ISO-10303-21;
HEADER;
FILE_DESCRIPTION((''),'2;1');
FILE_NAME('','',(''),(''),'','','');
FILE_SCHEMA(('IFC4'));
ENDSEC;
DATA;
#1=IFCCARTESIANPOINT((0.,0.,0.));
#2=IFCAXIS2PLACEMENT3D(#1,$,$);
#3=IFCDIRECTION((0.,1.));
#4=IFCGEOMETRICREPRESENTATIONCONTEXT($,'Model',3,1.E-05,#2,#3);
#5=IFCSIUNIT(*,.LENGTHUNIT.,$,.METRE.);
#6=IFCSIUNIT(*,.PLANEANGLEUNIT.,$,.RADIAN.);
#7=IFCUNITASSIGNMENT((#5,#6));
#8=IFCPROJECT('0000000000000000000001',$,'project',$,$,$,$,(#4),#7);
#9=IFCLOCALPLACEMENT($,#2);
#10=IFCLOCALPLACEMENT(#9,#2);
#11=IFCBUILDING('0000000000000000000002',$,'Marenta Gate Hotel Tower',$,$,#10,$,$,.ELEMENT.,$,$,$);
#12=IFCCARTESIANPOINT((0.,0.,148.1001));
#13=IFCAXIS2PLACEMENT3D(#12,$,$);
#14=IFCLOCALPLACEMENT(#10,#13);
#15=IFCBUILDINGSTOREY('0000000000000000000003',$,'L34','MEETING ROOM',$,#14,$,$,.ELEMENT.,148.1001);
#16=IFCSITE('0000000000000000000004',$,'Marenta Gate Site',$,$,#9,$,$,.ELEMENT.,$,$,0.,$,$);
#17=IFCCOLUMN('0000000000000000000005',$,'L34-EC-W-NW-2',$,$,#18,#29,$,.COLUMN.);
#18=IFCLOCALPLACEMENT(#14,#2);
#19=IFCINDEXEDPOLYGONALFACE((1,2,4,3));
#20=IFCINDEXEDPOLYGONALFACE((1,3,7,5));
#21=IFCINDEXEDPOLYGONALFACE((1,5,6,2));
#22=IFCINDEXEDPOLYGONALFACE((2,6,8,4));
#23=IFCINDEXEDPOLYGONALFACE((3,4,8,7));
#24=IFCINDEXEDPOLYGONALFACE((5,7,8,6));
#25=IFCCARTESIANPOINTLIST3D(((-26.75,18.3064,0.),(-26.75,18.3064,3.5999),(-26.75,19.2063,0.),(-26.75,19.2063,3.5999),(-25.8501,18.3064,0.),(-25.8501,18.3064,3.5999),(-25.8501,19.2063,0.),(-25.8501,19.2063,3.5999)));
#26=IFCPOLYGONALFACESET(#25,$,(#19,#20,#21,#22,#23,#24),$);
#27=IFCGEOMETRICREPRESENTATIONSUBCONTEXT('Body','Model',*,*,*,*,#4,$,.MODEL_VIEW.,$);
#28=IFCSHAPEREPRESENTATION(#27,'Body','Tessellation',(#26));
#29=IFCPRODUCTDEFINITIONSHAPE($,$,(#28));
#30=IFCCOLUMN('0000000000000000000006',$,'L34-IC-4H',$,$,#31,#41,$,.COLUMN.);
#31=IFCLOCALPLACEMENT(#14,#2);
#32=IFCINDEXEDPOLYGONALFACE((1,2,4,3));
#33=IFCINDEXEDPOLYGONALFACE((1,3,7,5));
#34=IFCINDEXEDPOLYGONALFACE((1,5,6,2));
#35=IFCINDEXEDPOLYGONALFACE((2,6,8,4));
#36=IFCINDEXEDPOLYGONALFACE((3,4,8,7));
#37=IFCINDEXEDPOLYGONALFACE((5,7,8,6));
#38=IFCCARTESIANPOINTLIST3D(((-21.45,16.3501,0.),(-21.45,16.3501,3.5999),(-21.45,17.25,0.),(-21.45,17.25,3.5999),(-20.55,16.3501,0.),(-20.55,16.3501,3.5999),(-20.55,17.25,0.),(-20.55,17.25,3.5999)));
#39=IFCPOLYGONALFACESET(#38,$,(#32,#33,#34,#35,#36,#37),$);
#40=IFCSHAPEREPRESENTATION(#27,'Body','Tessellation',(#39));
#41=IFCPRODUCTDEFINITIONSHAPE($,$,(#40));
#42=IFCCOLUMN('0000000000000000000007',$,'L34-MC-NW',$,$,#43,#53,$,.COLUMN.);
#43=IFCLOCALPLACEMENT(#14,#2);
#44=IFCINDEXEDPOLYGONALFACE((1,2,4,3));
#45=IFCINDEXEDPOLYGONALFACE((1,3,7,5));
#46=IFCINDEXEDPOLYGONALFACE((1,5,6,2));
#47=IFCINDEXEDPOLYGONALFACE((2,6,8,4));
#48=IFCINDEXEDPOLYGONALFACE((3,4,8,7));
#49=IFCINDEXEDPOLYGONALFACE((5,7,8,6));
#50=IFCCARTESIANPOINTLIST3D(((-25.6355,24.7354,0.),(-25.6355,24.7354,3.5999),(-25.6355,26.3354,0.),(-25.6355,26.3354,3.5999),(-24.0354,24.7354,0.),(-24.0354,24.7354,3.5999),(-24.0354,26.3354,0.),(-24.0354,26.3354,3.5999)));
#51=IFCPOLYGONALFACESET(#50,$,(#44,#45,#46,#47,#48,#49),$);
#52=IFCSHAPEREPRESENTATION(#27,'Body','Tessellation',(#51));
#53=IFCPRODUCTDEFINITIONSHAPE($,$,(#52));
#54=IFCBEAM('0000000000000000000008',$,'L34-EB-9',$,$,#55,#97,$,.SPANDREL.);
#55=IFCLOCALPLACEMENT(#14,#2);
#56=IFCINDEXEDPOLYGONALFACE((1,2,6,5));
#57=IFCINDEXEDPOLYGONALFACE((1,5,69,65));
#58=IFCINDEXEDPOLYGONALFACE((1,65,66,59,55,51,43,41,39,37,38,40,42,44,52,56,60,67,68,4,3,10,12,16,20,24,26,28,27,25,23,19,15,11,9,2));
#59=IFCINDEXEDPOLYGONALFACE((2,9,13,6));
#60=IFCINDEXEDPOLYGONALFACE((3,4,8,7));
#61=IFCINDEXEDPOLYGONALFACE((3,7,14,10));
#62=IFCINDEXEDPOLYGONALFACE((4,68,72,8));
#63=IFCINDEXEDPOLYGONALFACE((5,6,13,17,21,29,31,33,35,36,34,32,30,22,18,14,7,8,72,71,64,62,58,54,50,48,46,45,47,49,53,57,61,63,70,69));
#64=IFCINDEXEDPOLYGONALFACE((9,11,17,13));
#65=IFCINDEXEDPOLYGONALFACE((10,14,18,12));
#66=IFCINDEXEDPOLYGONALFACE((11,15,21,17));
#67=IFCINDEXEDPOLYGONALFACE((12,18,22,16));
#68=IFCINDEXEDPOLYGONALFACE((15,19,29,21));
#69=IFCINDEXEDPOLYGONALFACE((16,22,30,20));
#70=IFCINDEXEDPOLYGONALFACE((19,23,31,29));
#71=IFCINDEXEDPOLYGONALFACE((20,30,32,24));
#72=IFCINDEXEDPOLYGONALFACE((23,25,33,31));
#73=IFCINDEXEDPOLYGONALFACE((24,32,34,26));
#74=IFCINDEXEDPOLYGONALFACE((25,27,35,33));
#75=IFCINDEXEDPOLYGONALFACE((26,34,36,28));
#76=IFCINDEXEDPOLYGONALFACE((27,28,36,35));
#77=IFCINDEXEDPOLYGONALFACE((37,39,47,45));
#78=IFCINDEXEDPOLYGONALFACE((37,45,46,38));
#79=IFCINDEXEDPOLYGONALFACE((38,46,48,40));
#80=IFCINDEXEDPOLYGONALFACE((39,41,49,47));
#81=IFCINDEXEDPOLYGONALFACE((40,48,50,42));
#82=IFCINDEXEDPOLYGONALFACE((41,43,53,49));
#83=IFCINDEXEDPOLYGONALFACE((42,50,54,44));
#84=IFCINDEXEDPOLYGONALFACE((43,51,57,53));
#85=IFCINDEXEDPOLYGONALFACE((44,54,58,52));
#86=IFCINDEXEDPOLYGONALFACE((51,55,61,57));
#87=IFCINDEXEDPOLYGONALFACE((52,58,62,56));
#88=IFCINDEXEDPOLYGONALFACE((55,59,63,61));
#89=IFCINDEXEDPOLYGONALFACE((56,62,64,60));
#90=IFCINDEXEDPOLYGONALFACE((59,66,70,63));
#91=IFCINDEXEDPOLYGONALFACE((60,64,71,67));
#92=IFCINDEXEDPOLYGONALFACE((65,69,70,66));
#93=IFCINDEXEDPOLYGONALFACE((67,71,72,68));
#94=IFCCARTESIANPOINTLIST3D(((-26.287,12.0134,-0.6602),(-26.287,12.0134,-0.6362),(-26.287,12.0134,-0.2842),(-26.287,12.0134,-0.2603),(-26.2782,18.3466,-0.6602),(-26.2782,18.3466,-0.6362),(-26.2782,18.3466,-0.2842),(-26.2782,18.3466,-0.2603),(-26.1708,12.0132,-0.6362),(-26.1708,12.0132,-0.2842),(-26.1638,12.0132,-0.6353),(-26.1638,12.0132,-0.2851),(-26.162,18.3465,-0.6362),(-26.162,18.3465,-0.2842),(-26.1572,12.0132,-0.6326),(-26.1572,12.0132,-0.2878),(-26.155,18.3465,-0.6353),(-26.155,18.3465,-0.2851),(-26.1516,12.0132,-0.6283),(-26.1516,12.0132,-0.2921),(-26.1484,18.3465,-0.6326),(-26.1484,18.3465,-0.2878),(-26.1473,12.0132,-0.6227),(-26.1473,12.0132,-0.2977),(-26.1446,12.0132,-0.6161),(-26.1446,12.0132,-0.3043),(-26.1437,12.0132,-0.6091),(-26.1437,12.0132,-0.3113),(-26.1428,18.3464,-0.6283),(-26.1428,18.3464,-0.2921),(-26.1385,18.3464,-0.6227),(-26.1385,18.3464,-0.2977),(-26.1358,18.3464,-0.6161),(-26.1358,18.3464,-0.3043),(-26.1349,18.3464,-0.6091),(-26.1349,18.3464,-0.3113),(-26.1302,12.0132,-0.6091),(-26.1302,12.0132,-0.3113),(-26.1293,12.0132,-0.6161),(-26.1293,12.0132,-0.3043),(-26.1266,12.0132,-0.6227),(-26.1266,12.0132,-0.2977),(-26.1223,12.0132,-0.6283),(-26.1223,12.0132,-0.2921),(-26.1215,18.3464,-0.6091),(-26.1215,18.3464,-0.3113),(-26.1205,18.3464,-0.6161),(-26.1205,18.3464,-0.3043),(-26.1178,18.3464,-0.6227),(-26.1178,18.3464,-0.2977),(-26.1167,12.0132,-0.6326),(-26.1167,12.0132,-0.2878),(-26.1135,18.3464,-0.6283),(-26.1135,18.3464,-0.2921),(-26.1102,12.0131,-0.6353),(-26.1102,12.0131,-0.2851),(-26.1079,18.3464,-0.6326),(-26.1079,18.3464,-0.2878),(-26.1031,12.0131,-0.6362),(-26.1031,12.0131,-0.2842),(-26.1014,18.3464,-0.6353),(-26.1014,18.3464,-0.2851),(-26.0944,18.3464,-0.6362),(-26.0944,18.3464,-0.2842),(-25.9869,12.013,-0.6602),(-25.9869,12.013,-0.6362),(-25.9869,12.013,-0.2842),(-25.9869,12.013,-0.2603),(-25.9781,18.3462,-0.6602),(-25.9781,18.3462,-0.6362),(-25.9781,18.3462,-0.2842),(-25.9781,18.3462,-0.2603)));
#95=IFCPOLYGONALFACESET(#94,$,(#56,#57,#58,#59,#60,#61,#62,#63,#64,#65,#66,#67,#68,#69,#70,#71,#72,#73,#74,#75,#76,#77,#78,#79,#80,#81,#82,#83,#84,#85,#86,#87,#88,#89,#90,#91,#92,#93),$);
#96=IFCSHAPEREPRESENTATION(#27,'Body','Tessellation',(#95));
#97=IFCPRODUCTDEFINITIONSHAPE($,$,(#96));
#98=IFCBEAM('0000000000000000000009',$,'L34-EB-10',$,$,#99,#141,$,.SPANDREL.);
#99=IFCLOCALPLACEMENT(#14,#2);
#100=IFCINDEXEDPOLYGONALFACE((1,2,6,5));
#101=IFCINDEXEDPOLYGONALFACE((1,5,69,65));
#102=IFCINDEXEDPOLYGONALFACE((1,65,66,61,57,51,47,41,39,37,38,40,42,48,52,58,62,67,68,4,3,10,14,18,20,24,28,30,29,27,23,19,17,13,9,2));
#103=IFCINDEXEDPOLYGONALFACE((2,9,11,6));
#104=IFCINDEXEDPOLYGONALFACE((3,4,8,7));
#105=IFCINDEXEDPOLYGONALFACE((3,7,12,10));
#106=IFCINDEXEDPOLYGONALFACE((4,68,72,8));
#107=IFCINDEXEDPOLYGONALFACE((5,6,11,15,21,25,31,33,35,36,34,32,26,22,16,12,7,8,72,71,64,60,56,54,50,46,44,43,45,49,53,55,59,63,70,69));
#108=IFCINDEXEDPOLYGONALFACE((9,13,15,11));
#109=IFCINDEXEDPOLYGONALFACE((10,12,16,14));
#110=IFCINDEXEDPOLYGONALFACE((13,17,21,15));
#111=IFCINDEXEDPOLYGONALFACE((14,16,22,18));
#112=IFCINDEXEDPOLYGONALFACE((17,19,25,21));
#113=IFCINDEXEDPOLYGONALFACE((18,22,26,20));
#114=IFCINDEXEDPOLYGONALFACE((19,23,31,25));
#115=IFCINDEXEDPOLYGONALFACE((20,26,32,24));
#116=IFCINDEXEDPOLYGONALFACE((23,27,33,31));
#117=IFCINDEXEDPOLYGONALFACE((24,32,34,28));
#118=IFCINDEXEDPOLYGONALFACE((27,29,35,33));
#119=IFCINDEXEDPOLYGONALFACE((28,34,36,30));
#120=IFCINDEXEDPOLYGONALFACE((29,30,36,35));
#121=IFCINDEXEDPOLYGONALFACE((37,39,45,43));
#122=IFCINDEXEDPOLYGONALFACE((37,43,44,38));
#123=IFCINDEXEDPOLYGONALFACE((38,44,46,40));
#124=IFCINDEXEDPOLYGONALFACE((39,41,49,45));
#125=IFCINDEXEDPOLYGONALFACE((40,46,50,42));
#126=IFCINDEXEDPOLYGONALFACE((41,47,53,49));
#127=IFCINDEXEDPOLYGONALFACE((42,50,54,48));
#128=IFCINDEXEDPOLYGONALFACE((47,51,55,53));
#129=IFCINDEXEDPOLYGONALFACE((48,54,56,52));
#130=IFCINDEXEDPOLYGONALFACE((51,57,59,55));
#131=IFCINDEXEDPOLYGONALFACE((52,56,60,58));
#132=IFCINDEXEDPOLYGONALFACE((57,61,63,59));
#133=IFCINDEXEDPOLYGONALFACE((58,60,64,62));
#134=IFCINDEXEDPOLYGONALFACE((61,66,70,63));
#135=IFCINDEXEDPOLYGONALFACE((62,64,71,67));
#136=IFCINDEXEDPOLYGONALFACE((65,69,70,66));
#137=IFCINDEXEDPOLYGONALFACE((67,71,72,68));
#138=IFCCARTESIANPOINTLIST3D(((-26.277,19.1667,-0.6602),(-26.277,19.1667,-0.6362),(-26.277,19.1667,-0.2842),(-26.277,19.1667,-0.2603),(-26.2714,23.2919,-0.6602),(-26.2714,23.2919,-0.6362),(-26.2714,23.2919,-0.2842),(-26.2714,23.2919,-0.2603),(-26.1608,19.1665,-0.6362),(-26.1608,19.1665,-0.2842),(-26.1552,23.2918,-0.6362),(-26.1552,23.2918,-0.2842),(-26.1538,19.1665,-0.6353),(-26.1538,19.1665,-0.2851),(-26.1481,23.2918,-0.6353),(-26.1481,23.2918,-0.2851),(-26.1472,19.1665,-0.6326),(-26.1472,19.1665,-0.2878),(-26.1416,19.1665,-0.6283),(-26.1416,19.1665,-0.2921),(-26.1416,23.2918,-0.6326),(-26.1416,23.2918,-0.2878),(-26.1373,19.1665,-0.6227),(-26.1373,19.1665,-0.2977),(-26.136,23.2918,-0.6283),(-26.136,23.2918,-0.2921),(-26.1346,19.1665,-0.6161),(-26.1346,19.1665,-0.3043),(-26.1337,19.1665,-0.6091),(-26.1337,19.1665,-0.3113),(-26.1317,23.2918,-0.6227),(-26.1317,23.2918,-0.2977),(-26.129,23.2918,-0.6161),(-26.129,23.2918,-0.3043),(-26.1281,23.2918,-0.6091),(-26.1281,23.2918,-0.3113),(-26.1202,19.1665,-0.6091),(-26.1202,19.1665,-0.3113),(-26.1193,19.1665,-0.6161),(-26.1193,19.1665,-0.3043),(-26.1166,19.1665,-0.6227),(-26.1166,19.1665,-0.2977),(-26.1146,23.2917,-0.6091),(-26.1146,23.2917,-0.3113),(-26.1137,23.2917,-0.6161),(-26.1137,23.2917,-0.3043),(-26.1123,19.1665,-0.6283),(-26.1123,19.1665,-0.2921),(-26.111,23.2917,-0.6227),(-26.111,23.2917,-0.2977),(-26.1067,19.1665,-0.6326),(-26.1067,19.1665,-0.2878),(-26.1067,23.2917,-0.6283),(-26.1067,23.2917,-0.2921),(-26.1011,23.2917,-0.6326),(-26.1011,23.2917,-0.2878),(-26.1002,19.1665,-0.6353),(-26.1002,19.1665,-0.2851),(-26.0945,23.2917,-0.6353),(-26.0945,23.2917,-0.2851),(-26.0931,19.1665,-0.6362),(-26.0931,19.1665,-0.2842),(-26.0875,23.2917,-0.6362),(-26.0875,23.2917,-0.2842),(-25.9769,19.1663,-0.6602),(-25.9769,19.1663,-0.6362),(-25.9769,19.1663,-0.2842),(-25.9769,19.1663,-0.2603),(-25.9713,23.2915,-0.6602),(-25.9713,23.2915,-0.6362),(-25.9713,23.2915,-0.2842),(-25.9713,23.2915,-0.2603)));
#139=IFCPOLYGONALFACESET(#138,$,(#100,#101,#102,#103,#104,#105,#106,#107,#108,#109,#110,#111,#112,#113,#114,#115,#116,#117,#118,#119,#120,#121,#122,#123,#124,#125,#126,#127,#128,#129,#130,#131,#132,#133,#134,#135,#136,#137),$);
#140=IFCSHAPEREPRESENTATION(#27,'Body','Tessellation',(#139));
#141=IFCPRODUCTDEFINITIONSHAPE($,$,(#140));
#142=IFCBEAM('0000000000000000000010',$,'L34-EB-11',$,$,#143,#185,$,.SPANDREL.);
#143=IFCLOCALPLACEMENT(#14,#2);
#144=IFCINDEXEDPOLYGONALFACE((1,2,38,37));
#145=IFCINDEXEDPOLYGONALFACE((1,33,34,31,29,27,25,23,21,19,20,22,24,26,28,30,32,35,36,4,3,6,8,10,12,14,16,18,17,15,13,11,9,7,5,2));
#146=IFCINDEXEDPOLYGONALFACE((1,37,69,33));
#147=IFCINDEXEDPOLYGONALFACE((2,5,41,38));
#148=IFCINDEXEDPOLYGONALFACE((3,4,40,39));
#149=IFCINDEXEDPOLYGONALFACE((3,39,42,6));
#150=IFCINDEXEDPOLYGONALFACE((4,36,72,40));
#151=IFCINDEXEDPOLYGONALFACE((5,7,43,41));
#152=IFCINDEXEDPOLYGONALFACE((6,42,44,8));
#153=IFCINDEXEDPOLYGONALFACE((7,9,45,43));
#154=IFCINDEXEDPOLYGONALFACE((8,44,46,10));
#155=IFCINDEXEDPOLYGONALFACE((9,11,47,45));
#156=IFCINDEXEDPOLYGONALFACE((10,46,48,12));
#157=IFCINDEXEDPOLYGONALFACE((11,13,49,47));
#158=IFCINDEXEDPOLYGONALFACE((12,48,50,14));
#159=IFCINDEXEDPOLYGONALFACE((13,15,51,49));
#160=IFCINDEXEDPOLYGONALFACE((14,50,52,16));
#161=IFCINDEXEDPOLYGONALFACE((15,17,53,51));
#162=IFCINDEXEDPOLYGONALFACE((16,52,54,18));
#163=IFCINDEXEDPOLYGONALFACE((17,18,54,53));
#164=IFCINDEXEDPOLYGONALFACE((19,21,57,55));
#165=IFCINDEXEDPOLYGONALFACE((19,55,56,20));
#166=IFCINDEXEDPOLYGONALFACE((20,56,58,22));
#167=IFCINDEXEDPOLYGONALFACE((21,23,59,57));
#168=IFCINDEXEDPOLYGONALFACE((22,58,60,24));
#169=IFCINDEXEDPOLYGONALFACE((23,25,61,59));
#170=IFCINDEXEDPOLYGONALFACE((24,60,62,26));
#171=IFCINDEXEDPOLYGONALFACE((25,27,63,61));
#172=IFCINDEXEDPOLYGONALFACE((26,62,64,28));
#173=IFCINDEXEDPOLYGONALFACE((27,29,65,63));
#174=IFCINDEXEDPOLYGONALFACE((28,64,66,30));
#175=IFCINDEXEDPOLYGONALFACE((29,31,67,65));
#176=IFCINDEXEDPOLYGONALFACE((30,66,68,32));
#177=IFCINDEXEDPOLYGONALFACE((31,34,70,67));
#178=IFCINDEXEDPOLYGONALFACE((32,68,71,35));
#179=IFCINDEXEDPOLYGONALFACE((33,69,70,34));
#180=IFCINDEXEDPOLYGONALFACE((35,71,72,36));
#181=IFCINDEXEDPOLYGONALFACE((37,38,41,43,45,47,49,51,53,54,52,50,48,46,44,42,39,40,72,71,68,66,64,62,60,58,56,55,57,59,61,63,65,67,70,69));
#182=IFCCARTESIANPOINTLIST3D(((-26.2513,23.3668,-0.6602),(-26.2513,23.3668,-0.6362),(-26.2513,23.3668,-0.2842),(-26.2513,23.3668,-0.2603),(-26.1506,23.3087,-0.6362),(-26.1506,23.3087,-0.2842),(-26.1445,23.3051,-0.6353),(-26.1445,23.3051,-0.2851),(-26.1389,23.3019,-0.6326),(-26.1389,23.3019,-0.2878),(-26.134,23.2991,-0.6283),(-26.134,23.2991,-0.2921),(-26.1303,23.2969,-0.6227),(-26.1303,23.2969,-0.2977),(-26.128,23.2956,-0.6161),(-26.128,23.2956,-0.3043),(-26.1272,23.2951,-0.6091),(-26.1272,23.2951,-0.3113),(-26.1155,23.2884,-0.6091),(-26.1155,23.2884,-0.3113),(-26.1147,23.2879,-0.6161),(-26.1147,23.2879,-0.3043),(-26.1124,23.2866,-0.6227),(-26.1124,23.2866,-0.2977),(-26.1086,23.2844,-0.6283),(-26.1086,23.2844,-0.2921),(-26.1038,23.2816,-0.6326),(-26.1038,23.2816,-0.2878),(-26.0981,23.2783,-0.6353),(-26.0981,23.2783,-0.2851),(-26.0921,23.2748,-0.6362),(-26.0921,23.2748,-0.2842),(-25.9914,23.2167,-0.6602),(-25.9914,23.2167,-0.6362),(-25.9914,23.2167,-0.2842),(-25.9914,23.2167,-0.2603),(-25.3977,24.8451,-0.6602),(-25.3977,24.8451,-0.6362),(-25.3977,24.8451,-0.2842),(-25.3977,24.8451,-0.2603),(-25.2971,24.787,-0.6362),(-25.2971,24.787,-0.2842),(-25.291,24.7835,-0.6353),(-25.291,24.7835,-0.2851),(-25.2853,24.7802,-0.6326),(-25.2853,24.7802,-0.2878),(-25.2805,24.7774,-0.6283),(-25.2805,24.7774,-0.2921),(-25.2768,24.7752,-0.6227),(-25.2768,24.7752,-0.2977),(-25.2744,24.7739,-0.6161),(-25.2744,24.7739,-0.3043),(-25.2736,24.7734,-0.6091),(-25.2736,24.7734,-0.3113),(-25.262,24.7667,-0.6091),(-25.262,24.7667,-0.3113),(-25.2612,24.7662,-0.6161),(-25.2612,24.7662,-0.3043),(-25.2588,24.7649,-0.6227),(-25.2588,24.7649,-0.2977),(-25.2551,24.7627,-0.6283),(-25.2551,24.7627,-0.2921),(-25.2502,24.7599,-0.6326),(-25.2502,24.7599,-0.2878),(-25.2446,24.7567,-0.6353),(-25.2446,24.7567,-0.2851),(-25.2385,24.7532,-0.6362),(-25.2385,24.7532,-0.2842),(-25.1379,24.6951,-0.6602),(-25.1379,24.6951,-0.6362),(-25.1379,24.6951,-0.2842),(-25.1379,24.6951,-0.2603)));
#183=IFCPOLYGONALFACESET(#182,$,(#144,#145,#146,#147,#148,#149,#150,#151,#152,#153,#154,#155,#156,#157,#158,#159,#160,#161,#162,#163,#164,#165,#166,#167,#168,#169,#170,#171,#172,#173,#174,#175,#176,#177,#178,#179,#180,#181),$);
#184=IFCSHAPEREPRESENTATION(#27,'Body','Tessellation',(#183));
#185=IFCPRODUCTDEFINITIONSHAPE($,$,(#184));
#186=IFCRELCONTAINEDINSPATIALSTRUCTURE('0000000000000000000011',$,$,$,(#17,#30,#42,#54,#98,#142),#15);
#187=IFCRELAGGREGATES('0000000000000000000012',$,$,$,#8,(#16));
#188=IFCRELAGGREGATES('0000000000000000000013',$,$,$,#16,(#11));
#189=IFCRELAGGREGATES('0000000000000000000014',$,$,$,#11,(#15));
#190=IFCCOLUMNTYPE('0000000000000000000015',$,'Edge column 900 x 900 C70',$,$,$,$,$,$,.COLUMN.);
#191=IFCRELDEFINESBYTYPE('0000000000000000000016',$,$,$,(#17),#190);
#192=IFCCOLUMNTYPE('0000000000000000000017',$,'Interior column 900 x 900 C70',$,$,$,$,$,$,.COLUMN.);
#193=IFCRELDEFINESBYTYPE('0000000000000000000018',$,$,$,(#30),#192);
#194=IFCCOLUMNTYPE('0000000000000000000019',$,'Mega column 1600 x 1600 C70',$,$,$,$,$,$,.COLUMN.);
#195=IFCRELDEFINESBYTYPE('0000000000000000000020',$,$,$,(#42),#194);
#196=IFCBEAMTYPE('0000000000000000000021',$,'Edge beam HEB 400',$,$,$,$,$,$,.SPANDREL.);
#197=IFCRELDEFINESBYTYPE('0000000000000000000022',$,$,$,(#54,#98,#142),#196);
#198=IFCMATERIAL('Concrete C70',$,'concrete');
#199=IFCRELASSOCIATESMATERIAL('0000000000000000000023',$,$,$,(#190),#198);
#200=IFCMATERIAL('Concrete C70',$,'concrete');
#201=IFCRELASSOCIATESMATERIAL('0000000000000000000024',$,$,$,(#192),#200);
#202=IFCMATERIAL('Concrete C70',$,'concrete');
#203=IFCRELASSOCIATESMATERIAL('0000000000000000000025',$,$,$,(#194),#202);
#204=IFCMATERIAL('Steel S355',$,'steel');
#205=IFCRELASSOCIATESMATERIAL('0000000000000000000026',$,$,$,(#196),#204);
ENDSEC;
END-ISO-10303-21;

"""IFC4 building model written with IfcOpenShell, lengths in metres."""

from ifc_helpers import new_model, si_unit, direction, frame, origin, origin_2d, place, context, subcontext, project, spatial, rectangle, i_section, extrude, material, material_profile, profile_set, type_object, element, save


model = new_model("IFC4")

# Units and contexts
model_context = context("Model", 3, precision=1e-05, world=origin(), true_north=direction((0.0, 1.0)))
body_context = subcontext(model_context, "Body", "Model", "MODEL_VIEW")
ifc_project = project(units=[si_unit("LENGTHUNIT", "METRE"), si_unit("PLANEANGLEUNIT", "RADIAN")], contexts=[model_context])

# Site, building, storey
site_placement = place(None, origin())
site = spatial("IfcSite", under=ifc_project, at=site_placement, Name="Marenta Gate Site", CompositionType="ELEMENT", RefElevation=0.0)
building_placement = place(site_placement, origin())
building = spatial("IfcBuilding", under=site, at=building_placement, Name="Marenta Gate Hotel Tower", CompositionType="ELEMENT")
storey_placement = place(building_placement, frame((0.0, 0.0, 148.1001)))
storey = spatial("IfcBuildingStorey", under=building, at=storey_placement, Name="L34", Description="MEETING ROOM", CompositionType="ELEMENT", Elevation=148.1001)

# Columns
ifc_material_1 = material(Name="Concrete C70", Category="concrete")
ifc_material_profile_1 = material_profile(ifc_material_1, rectangle(XDim=0.8999, YDim=0.8999, at=origin_2d()), Name="900 x 900")
ifc_profile_set_1 = profile_set([ifc_material_profile_1], Name="Concrete C70")
column_type_1 = type_object("IfcColumnType", Name="Edge column 900 x 900 C70", PredefinedType="COLUMN", material=ifc_profile_set_1)
column_1_placement = place(storey_placement, frame((-26.3, 18.7563, 0.0), z_axis=(0.0, 0.0, 1.0), x_axis=(1.0, 0.0, 0.0)))
element("IfcColumn", 1, at=column_1_placement, inside=storey, type_object=column_type_1, Name="L34-EC-W-NW-2", PredefinedType="COLUMN", context=body_context, shape_type="SweptSolid", body=[
    extrude(rectangle(XDim=0.8999, YDim=0.8999, at=origin_2d()), origin(), (0.0, 0.0, 1.0), 3.5999),
])
ifc_material_2 = material(Name="Concrete C70", Category="concrete")
ifc_material_profile_2 = material_profile(ifc_material_2, rectangle(XDim=0.8999, YDim=0.8999, at=origin_2d()), Name="900 x 900")
ifc_profile_set_2 = profile_set([ifc_material_profile_2], Name="Concrete C70")
column_type_2 = type_object("IfcColumnType", Name="Interior column 900 x 900 C70", PredefinedType="COLUMN", material=ifc_profile_set_2)
column_2_placement = place(storey_placement, frame((-21.0, 16.8, 0.0), z_axis=(0.0, 0.0, 1.0), x_axis=(1.0, 0.0, 0.0)))
element("IfcColumn", 2, at=column_2_placement, inside=storey, type_object=column_type_2, Name="L34-IC-4H", PredefinedType="COLUMN", context=body_context, shape_type="SweptSolid", body=[
    extrude(rectangle(XDim=0.8999, YDim=0.8999, at=origin_2d()), origin(), (0.0, 0.0, 1.0), 3.5999),
])
ifc_material_3 = material(Name="Concrete C70", Category="concrete")
ifc_material_profile_3 = material_profile(ifc_material_3, rectangle(XDim=1.6001, YDim=1.6001, at=origin_2d()), Name="1600 x 1600")
ifc_profile_set_3 = profile_set([ifc_material_profile_3], Name="Concrete C70")
column_type_3 = type_object("IfcColumnType", Name="Mega column 1600 x 1600 C70", PredefinedType="COLUMN", material=ifc_profile_set_3)
column_3_placement = place(storey_placement, frame((-24.8354, 25.5354, 0.0), z_axis=(0.0, 0.0, 1.0), x_axis=(1.0, 0.0, 0.0)))
element("IfcColumn", 3, at=column_3_placement, inside=storey, type_object=column_type_3, Name="L34-MC-NW", PredefinedType="COLUMN", context=body_context, shape_type="SweptSolid", body=[
    extrude(rectangle(XDim=1.6001, YDim=1.6001, at=origin_2d()), origin(), (0.0, 0.0, 1.0), 3.5999),
])

# Beams
ifc_material_4 = material(Name="Steel S355", Category="steel")
ifc_material_profile_4 = material_profile(ifc_material_4, i_section(OverallWidth=0.3, OverallDepth=0.3999, WebThickness=0.0134, FlangeThickness=0.0239, FilletRadius=0.0271, at=origin_2d()), Name="HEB 400")
ifc_profile_set_4 = profile_set([ifc_material_profile_4], Name="Steel S355")
beam_type_1 = type_object("IfcBeamType", Name="Edge beam HEB 400", PredefinedType="SPANDREL", material=ifc_profile_set_4)
beam_1_placement = place(storey_placement, frame((-26.137, 12.0132, -0.4602), z_axis=(0.001388, 0.999999, 0.0), x_axis=(-0.999999, 0.001388, 0.0)))
element("IfcBeam", 4, at=beam_1_placement, inside=storey, type_object=beam_type_1, Name="L34-EB-9", PredefinedType="SPANDREL", context=body_context, shape_type="SweptSolid", body=[
    extrude(i_section(OverallWidth=0.3, OverallDepth=0.3999, WebThickness=0.0134, FlangeThickness=0.0239, FilletRadius=0.0271, at=origin_2d()), origin(), (0.0, 0.0, 1.0), 6.3333),
])
beam_2_placement = place(storey_placement, frame((-26.127, 19.1665, -0.4602), z_axis=(0.001361, 0.999999, 0.0), x_axis=(-0.999999, 0.001361, 0.0)))
element("IfcBeam", 5, at=beam_2_placement, inside=storey, type_object=beam_type_1, Name="L34-EB-10", PredefinedType="SPANDREL", context=body_context, shape_type="SweptSolid", body=[
    extrude(i_section(OverallWidth=0.3, OverallDepth=0.3999, WebThickness=0.0134, FlangeThickness=0.0239, FilletRadius=0.0271, at=origin_2d()), origin(), (0.0, 0.0, 1.0), 4.1252),
])
beam_3_placement = place(storey_placement, frame((-26.1213, 23.2917, -0.4602), z_axis=(0.500015, 0.866016, 0.0), x_axis=(-0.866016, 0.500015, 0.0)))
element("IfcBeam", 6, at=beam_3_placement, inside=storey, type_object=beam_type_1, Name="L34-EB-11", PredefinedType="SPANDREL", context=body_context, shape_type="SweptSolid", body=[
    extrude(i_section(OverallWidth=0.3, OverallDepth=0.3999, WebThickness=0.0134, FlangeThickness=0.0239, FilletRadius=0.0271, at=origin_2d()), origin(), (0.0, 0.0, 1.0), 1.707),
])

save(model, "model.ifc")
